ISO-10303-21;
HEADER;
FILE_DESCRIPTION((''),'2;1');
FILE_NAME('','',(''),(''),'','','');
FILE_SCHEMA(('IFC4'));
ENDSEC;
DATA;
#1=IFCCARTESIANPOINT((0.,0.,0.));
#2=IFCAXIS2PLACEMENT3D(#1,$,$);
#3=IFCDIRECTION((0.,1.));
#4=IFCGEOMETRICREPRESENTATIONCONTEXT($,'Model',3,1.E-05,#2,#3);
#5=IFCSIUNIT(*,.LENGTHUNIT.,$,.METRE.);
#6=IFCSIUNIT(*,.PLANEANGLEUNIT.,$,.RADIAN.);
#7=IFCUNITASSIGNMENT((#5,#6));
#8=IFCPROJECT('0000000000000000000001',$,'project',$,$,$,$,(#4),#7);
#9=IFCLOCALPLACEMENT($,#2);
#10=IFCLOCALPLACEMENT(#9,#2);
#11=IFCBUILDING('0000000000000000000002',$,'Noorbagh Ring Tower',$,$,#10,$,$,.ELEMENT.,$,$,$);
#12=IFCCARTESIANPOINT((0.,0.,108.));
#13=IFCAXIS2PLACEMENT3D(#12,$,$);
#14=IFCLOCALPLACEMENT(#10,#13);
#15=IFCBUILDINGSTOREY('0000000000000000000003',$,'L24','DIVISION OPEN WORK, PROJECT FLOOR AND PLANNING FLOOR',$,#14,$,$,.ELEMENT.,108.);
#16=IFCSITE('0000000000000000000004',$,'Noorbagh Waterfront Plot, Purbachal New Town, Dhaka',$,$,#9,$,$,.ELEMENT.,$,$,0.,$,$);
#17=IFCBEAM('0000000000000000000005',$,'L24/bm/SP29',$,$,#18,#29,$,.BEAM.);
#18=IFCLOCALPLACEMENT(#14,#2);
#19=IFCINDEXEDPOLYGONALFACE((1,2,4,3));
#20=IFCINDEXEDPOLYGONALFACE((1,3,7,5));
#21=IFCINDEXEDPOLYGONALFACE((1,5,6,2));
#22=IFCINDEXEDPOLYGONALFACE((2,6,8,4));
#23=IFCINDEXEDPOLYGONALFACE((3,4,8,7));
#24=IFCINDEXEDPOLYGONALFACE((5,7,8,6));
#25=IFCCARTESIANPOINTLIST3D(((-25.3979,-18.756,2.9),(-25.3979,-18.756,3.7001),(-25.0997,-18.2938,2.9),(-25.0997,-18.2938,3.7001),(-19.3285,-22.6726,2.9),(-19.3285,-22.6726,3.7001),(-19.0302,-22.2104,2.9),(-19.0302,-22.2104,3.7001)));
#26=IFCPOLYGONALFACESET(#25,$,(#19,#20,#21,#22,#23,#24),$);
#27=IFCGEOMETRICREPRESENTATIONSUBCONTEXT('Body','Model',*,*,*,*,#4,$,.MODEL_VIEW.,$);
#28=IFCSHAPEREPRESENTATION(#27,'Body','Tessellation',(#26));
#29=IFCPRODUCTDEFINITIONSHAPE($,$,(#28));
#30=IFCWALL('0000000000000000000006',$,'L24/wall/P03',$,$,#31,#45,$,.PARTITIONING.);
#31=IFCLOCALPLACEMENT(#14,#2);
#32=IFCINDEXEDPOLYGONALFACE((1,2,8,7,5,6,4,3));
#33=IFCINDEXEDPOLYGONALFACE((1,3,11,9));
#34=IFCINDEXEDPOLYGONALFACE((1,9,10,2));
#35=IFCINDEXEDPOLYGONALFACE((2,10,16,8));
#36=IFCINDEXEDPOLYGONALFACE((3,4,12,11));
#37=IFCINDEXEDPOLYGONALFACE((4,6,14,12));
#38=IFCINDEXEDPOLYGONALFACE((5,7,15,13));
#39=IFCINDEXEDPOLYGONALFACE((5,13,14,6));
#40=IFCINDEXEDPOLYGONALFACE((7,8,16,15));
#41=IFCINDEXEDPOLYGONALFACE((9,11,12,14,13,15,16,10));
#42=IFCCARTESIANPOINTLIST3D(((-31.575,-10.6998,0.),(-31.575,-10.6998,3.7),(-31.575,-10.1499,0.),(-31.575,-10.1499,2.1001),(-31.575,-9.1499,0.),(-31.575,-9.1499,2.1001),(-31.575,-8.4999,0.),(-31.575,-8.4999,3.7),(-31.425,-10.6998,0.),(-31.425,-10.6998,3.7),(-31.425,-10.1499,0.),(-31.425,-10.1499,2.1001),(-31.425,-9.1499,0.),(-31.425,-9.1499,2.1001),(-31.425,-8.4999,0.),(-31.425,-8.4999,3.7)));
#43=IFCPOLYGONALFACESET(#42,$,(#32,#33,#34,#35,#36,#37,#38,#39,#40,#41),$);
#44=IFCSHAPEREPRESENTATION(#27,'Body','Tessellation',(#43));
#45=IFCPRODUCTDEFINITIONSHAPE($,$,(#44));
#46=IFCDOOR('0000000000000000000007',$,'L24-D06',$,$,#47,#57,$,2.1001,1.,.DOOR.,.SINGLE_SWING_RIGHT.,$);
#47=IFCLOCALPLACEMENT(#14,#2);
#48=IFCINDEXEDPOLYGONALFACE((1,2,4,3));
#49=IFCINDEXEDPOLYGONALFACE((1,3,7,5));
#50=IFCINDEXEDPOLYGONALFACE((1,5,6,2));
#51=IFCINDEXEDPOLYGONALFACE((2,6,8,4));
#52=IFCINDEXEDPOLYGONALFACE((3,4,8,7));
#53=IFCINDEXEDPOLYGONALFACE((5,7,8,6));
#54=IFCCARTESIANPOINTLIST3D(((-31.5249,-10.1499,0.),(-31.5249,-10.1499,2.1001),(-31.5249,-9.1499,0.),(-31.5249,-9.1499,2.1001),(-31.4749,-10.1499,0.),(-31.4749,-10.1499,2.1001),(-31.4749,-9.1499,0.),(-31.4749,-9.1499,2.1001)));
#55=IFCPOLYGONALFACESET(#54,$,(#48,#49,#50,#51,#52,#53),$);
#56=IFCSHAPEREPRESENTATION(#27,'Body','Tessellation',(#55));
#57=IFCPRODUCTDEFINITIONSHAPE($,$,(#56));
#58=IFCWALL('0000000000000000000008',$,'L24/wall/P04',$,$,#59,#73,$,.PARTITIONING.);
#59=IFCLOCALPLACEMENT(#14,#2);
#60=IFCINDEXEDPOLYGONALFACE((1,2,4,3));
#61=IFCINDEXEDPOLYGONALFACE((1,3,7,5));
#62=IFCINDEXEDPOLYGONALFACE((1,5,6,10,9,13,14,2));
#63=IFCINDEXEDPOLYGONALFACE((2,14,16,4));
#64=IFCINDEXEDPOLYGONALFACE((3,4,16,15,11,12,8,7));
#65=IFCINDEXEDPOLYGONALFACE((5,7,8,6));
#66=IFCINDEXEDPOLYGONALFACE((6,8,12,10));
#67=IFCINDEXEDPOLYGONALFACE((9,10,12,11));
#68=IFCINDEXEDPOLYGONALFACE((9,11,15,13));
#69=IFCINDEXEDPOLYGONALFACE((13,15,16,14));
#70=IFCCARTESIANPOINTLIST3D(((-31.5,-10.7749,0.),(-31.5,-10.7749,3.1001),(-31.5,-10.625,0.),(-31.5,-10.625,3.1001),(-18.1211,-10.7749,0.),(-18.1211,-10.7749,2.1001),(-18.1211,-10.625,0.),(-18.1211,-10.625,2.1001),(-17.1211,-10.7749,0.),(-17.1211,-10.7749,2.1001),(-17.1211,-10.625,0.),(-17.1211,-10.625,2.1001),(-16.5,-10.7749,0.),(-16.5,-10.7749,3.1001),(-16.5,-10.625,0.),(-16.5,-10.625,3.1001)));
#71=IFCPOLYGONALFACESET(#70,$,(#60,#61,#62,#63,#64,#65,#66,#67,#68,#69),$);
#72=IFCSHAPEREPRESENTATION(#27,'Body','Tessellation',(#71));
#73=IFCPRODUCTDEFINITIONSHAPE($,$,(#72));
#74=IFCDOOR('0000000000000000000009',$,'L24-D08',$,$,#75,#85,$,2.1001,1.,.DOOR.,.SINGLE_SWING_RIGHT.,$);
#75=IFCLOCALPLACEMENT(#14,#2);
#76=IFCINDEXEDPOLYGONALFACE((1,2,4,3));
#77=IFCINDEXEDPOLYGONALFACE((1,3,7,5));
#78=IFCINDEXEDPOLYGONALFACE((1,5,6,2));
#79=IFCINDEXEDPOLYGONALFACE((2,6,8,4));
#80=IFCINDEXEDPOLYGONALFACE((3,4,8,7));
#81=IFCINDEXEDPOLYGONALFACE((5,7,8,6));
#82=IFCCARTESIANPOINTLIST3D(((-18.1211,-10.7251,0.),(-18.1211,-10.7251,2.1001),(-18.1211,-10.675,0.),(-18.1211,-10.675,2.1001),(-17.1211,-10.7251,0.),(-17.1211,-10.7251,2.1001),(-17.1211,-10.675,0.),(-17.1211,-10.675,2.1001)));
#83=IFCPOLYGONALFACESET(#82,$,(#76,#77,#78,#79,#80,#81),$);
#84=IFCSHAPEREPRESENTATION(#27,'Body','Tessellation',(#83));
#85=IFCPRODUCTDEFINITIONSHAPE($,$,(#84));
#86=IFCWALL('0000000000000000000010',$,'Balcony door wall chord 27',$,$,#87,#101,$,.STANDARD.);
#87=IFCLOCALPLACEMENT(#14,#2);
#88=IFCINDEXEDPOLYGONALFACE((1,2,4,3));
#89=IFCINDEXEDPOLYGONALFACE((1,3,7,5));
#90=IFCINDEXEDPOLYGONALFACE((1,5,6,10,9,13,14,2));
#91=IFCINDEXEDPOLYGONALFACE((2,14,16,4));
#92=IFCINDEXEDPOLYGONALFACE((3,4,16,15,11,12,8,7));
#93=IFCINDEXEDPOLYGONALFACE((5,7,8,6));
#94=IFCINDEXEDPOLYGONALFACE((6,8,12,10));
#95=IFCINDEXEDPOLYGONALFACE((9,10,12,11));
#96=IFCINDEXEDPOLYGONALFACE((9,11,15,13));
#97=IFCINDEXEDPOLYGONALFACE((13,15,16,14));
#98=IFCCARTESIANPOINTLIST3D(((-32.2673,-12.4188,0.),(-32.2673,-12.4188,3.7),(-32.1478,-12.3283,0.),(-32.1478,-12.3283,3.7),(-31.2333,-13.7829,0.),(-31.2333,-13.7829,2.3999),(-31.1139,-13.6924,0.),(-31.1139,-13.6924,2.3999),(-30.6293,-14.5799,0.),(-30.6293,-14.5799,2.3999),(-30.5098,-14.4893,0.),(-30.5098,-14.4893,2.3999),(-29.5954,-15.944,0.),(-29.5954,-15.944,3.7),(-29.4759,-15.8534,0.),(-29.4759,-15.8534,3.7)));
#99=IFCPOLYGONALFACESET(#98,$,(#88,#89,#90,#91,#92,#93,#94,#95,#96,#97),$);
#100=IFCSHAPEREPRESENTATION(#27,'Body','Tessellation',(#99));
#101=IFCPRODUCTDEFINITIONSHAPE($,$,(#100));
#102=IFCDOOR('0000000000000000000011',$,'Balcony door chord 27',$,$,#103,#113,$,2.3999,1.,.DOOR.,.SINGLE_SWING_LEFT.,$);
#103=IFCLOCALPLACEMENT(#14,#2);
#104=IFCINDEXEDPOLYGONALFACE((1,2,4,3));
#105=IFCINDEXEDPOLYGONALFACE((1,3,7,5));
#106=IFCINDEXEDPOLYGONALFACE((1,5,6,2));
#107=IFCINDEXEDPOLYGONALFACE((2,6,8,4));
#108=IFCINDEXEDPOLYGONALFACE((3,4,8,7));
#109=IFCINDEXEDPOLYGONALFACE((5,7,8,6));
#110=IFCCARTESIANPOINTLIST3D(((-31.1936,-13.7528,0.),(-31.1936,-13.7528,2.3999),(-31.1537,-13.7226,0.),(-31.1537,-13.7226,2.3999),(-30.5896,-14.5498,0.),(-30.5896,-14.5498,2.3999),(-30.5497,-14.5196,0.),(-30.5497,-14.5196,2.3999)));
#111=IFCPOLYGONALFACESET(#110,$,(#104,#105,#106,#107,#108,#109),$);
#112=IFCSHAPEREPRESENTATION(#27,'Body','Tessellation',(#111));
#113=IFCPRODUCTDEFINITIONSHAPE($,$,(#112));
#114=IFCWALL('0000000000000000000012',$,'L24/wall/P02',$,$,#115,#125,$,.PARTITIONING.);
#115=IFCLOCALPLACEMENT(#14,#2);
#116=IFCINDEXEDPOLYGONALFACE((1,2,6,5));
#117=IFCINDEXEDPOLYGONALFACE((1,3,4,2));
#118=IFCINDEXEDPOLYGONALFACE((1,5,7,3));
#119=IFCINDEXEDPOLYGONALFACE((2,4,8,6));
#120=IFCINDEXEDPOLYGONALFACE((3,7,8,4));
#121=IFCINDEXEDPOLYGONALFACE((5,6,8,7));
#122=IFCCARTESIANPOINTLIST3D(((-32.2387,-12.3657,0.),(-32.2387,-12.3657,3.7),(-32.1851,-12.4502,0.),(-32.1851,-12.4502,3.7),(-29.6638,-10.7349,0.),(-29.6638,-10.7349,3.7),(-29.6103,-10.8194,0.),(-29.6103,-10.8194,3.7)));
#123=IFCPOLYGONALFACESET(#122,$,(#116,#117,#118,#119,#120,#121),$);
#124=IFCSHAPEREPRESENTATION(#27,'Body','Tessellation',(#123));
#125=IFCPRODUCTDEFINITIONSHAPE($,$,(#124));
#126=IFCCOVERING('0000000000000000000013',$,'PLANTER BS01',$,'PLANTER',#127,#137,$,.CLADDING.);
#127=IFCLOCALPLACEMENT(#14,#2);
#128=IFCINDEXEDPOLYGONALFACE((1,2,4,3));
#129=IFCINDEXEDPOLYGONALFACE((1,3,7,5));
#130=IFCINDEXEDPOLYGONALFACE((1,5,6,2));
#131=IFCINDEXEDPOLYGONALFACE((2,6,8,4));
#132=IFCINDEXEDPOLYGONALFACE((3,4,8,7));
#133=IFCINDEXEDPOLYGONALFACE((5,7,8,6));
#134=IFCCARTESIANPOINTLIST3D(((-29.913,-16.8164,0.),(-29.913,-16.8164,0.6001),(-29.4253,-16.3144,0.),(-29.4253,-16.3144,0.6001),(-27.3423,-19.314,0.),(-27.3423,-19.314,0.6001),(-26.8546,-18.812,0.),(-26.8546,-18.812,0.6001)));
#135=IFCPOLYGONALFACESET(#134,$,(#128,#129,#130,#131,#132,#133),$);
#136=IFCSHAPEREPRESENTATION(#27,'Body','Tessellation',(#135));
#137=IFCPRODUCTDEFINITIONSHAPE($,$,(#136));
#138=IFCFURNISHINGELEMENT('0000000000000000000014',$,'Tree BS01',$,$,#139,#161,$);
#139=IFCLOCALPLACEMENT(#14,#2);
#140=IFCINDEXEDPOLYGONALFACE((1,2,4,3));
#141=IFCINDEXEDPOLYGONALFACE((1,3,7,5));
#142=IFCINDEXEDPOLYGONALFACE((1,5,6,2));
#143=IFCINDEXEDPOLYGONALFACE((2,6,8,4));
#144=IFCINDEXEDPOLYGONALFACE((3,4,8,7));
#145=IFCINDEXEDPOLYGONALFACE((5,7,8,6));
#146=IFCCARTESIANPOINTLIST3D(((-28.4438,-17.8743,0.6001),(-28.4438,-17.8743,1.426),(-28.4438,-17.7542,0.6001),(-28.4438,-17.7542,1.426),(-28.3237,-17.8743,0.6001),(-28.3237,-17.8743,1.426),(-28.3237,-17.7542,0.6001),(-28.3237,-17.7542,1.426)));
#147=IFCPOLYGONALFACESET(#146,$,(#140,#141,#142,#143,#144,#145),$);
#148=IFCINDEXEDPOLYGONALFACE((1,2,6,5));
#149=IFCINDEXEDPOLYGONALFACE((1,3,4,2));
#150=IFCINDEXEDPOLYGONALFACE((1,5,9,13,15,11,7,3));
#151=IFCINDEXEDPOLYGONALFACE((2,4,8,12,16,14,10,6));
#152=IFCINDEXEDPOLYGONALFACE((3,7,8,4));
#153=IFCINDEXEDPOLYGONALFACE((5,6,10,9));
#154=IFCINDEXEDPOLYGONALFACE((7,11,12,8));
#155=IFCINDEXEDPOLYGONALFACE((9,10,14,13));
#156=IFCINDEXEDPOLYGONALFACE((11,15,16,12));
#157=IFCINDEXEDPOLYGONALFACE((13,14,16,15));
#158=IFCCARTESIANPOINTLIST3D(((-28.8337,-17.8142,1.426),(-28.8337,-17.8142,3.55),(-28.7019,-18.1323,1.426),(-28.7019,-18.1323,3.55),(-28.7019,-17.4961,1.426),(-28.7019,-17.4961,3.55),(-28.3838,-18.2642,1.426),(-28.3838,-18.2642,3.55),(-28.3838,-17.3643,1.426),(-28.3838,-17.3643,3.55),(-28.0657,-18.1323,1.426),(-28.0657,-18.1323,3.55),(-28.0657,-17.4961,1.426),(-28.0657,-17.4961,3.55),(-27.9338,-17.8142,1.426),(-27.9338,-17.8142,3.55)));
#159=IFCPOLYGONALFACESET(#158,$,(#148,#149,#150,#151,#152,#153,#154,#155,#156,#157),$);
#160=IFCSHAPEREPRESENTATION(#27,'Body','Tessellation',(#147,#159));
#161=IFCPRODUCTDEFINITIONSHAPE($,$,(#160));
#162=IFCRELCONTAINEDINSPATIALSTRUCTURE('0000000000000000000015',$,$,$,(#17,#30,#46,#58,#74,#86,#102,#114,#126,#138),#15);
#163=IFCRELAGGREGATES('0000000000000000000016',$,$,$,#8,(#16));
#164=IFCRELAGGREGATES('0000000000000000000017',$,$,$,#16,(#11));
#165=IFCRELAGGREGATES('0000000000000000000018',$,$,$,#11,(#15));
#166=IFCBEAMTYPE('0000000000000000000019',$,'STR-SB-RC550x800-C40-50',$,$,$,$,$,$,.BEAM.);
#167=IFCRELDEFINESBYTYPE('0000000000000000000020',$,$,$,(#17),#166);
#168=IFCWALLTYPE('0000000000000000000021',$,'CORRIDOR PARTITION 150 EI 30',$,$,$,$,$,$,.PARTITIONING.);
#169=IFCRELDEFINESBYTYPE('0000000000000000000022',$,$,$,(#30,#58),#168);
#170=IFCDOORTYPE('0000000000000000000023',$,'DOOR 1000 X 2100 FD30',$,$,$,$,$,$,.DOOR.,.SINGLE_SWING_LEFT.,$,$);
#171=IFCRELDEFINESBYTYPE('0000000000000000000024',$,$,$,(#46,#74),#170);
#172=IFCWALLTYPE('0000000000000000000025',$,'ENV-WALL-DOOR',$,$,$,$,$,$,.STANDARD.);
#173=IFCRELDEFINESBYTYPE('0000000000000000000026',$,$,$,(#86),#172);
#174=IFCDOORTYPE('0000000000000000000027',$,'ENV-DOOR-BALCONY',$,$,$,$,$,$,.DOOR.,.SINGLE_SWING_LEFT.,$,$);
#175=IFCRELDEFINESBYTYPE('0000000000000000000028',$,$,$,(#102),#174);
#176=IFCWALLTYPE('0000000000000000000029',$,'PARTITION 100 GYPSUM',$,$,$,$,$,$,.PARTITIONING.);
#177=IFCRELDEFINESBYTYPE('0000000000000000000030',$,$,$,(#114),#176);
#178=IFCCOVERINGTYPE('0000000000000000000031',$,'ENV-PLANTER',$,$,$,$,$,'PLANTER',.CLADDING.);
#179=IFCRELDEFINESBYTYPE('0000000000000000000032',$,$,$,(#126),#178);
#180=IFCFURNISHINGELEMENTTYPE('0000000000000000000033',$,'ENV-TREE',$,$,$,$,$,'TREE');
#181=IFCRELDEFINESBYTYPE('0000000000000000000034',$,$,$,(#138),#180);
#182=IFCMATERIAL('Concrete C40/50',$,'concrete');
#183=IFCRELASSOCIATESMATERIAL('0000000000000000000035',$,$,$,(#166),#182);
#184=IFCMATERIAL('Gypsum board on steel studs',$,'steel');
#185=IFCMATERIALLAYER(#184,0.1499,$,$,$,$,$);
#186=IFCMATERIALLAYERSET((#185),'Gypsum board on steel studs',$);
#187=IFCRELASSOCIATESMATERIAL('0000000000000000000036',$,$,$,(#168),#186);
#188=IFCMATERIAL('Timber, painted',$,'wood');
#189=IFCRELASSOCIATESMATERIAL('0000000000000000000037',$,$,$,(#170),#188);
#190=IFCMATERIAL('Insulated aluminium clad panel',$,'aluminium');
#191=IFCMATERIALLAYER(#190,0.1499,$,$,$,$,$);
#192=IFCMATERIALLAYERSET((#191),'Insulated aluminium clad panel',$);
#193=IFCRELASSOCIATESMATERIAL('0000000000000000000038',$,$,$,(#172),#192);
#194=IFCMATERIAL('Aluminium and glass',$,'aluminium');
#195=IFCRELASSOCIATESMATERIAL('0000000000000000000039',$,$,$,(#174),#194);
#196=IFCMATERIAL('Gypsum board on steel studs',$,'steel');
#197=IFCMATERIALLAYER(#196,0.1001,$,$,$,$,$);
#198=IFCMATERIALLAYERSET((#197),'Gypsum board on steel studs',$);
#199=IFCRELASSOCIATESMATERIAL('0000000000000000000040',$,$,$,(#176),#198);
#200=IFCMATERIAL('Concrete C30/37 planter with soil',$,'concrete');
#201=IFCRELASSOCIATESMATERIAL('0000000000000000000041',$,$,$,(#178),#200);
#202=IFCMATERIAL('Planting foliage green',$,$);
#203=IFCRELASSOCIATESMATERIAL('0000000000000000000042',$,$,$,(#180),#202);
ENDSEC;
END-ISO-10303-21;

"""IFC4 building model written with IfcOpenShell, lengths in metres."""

from ifc_helpers import new_model, si_unit, direction, frame, frame_2d, origin, origin_2d, place, context, subcontext, project, spatial, polyline, rectangle, outline, extrude, material, layer, layer_set, material_profile, profile_set, type_object, element, fill, save


model = new_model("IFC4")

# Units and contexts
model_context = context("Model", 3, precision=1e-05, world=origin(), true_north=direction((0.0, 1.0)))
body_context = subcontext(model_context, "Body", "Model", "MODEL_VIEW")
ifc_project = project(units=[si_unit("LENGTHUNIT", "METRE"), si_unit("PLANEANGLEUNIT", "RADIAN")], contexts=[model_context])

# Site, building, storey
site_placement = place(None, origin())
site = spatial("IfcSite", under=ifc_project, at=site_placement, Name="Noorbagh Waterfront Plot, Purbachal New Town, Dhaka", CompositionType="ELEMENT", RefElevation=0.0)
building_placement = place(site_placement, origin())
building = spatial("IfcBuilding", under=site, at=building_placement, Name="Noorbagh Ring Tower", CompositionType="ELEMENT")
storey_placement = place(building_placement, frame((0.0, 0.0, 108.0)))
storey = spatial("IfcBuildingStorey", under=building, at=storey_placement, Name="L24", Description="DIVISION OPEN WORK, PROJECT FLOOR AND PLANNING FLOOR", CompositionType="ELEMENT", Elevation=108.0)

# Beam
ifc_material_1 = material(Name="Concrete C40/50", Category="concrete")
ifc_material_profile_1 = material_profile(ifc_material_1, rectangle(XDim=0.55, YDim=0.8, at=origin_2d()), Name="RC550x800")
ifc_profile_set_1 = profile_set([ifc_material_profile_1], Name="Concrete C40/50")
beam_type_1 = type_object("IfcBeamType", Name="STR-SB-RC550x800-C40-50", PredefinedType="BEAM", material=ifc_profile_set_1)
beam_1_placement = place(storey_placement, frame((-25.2488, -18.5249, 3.3), z_axis=(0.840246, -0.542205, 0.0), x_axis=(0.542205, 0.840246, 0.0)))
element("IfcBeam", 1, at=beam_1_placement, inside=storey, type_object=beam_type_1, Name="L24/bm/SP29", PredefinedType="BEAM", context=body_context, shape_type="SweptSolid", body=[
    extrude(rectangle(XDim=0.55, YDim=0.8, at=origin_2d()), origin(), (0.0, 0.0, 1.0), 7.2234),
])

# Walls, openings, doors
ifc_material_2 = material(Name="Gypsum board on steel studs", Category="steel")
ifc_layer_1 = layer(ifc_material_2, 0.1499)
ifc_layer_set_1 = layer_set([ifc_layer_1], Name="Gypsum board on steel studs")
wall_type_1 = type_object("IfcWallType", Name="CORRIDOR PARTITION 150 EI 30", PredefinedType="PARTITIONING", material=ifc_layer_set_1)
wall_1_placement = place(storey_placement, frame((-31.5, -10.7, 0.0), z_axis=(0.0, 0.0, 1.0), x_axis=(0.0, 1.0, 0.0)))
wall_1 = element("IfcWall", 2, at=wall_1_placement, inside=storey, type_object=wall_type_1, Name="L24/wall/P03", PredefinedType="PARTITIONING", context=body_context, shape_type="SweptSolid", body=[
    extrude(rectangle(XDim=2.2, YDim=0.1499, at=frame_2d((1.1001, 0.0))), origin(), (0.0, 0.0, 1.0), 3.7),
])
opening_1_placement = place(wall_1_placement, frame((0.55, 0.0, 0.0)))
opening_1 = element("IfcOpeningElement", 3, at=opening_1_placement, cuts=wall_1, PredefinedType="OPENING", context=body_context, shape_type="SweptSolid", body=[
    extrude(rectangle(XDim=1.0, YDim=2.1001, at=frame_2d((0.5, 1.05))), frame((0.0, 0.085, 0.0), z_axis=(0.0, -1.0, 0.0), x_axis=(1.0, 0.0, 0.0)), (0.0, 0.0, 1.0), 0.1699),
])
ifc_material_3 = material(Name="Timber, painted", Category="wood")
door_type_1 = type_object("IfcDoorType", Name="DOOR 1000 X 2100 FD30", OperationType="SINGLE_SWING_LEFT", PredefinedType="DOOR", material=ifc_material_3)
door_1_placement = place(opening_1_placement, origin())
door_1 = element("IfcDoor", 4, at=door_1_placement, inside=storey, type_object=door_type_1, Name="L24-D06", OperationType="SINGLE_SWING_RIGHT", OverallHeight=2.1001, OverallWidth=1.0, PredefinedType="DOOR", context=body_context, shape_type="SweptSolid", body=[
    extrude(rectangle(XDim=1.0, YDim=2.1001, at=frame_2d((0.5, 1.05))), frame((0.0, 0.0249, 0.0), z_axis=(0.0, -1.0, 0.0), x_axis=(1.0, 0.0, 0.0)), (0.0, 0.0, 1.0), 0.05),
])
fill(opening_1, door_1)
wall_2_placement = place(storey_placement, frame((-31.5, -10.7, 0.0), z_axis=(0.0, 0.0, 1.0), x_axis=(1.0, 0.0, 0.0)))
wall_2 = element("IfcWall", 5, at=wall_2_placement, inside=storey, type_object=wall_type_1, Name="L24/wall/P04", PredefinedType="PARTITIONING", context=body_context, shape_type="SweptSolid", body=[
    extrude(rectangle(XDim=15.0, YDim=0.1499, at=frame_2d((7.5, 0.0))), origin(), (0.0, 0.0, 1.0), 3.1001),
])
opening_2_placement = place(wall_2_placement, frame((13.3789, 0.0, 0.0)))
opening_2 = element("IfcOpeningElement", 6, at=opening_2_placement, cuts=wall_2, PredefinedType="OPENING", context=body_context, shape_type="SweptSolid", body=[
    extrude(rectangle(XDim=1.0, YDim=2.1001, at=frame_2d((0.5, 1.05))), frame((0.0, 0.085, 0.0), z_axis=(0.0, -1.0, 0.0), x_axis=(1.0, 0.0, 0.0)), (0.0, 0.0, 1.0), 0.1699),
])
door_2_placement = place(opening_2_placement, origin())
door_2 = element("IfcDoor", 7, at=door_2_placement, inside=storey, type_object=door_type_1, Name="L24-D08", OperationType="SINGLE_SWING_RIGHT", OverallHeight=2.1001, OverallWidth=1.0, PredefinedType="DOOR", context=body_context, shape_type="SweptSolid", body=[
    extrude(rectangle(XDim=1.0, YDim=2.1001, at=frame_2d((0.5, 1.05))), frame((0.0, 0.0249, 0.0), z_axis=(0.0, -1.0, 0.0), x_axis=(1.0, 0.0, 0.0)), (0.0, 0.0, 1.0), 0.05),
])
fill(opening_2, door_2)
ifc_material_4 = material(Name="Insulated aluminium clad panel", Category="aluminium")
ifc_layer_2 = layer(ifc_material_4, 0.1499)
ifc_layer_set_2 = layer_set([ifc_layer_2], Name="Insulated aluminium clad panel")
wall_type_2 = type_object("IfcWallType", Name="ENV-WALL-DOOR", PredefinedType="STANDARD", material=ifc_layer_set_2)
wall_3_placement = place(storey_placement, frame((-32.2075, -12.3735, 0.0), z_axis=(0.0, 0.0, 1.0), x_axis=(0.604046, -0.79695, 0.0)))
wall_3 = element("IfcWall", 8, at=wall_3_placement, inside=storey, type_object=wall_type_2, Name="Balcony door wall chord 27", PredefinedType="STANDARD", context=body_context, shape_type="SweptSolid", body=[
    extrude(rectangle(XDim=4.4233, YDim=0.1499, at=frame_2d((2.2117, 0.0))), origin(), (0.0, 0.0, 1.0), 3.7),
])
opening_3_placement = place(wall_3_placement, frame((1.7117, 0.0, 0.0)))
opening_3 = element("IfcOpeningElement", 9, at=opening_3_placement, cuts=wall_3, PredefinedType="OPENING", context=body_context, shape_type="SweptSolid", body=[
    extrude(rectangle(XDim=1.0, YDim=2.3999, at=frame_2d((0.5, 1.2))), frame((0.0, 0.085, 0.0), z_axis=(0.0, -1.0, 0.0), x_axis=(1.0, 0.0, 0.0)), (0.0, 0.0, 1.0), 0.1699),
])
ifc_material_5 = material(Name="Aluminium and glass", Category="aluminium")
door_type_2 = type_object("IfcDoorType", Name="ENV-DOOR-BALCONY", OperationType="SINGLE_SWING_LEFT", PredefinedType="DOOR", material=ifc_material_5)
door_3_placement = place(opening_3_placement, origin())
door_3 = element("IfcDoor", 10, at=door_3_placement, inside=storey, type_object=door_type_2, Name="Balcony door chord 27", OperationType="SINGLE_SWING_LEFT", OverallHeight=2.3999, OverallWidth=1.0, PredefinedType="DOOR", context=body_context, shape_type="SweptSolid", body=[
    extrude(rectangle(XDim=1.0, YDim=2.3999, at=frame_2d((0.5, 1.2))), frame((0.0, 0.0249, 0.0), z_axis=(0.0, -1.0, 0.0), x_axis=(1.0, 0.0, 0.0)), (0.0, 0.0, 1.0), 0.05),
])
fill(opening_3, door_3)

# Wall
ifc_material_6 = material(Name="Gypsum board on steel studs", Category="steel")
ifc_layer_3 = layer(ifc_material_6, 0.1001)
ifc_layer_set_3 = layer_set([ifc_layer_3], Name="Gypsum board on steel studs")
wall_type_3 = type_object("IfcWallType", Name="PARTITION 100 GYPSUM", PredefinedType="PARTITIONING", material=ifc_layer_set_3)
wall_4_placement = place(storey_placement, frame((-32.2119, -12.408, 0.0), z_axis=(0.0, 0.0, 1.0), x_axis=(0.844811, 0.535065, 0.0)))
element("IfcWall", 11, at=wall_4_placement, inside=storey, type_object=wall_type_3, Name="L24/wall/P02", PredefinedType="PARTITIONING", context=body_context, shape_type="SweptSolid", body=[
    extrude(rectangle(XDim=3.0479, YDim=0.1001, at=frame_2d((1.5239, 0.0))), origin(), (0.0, 0.0, 1.0), 3.7),
])

# Covering
ifc_material_7 = material(Name="Concrete C30/37 planter with soil", Category="concrete")
covering_type = type_object("IfcCoveringType", Name="ENV-PLANTER", ElementType="PLANTER", PredefinedType="CLADDING", material=ifc_material_7)
covering_placement = place(storey_placement, frame((-28.3838, -17.8142, 0.0), z_axis=(0.0, 0.0, 1.0), x_axis=(0.717225, -0.696842, 0.0)))
element("IfcCovering", 12, at=covering_placement, inside=storey, type_object=covering_type, Name="PLANTER BS01", ObjectType="PLANTER", PredefinedType="CLADDING", context=body_context, shape_type="SweptSolid", body=[
    extrude(rectangle(XDim=3.5842, YDim=0.7, at=origin_2d()), origin(), (0.0, 0.0, 1.0), 0.6001),
])

# Furnishing element
ifc_material_8 = material(Name="Planting foliage green")
furnishing_element_type = type_object("IfcFurnishingElementType", Name="ENV-TREE", ElementType="TREE", material=ifc_material_8)
furnishing_placement = place(storey_placement, frame((-28.3838, -17.8142, 0.6001), z_axis=(0.0, 0.0, 1.0), x_axis=(1.0, 0.0, 0.0)))
element("IfcFurnishingElement", 13, at=furnishing_placement, inside=storey, type_object=furnishing_element_type, Name="Tree BS01", context=body_context, shape_type="SweptSolid", body=[
    extrude(rectangle(XDim=0.1201, YDim=0.1201, at=origin_2d()), origin(), (0.0, 0.0, 1.0), 0.8259),
    extrude(outline(polyline([(0.45, 0.0), (0.3181, 0.3181), (0.0, 0.45), (-0.3181, 0.3181), (-0.45, 0.0), (-0.3181, -0.3181), (0.0, -0.45), (0.3181, -0.3181), (0.45, 0.0)])), frame((0.0, 0.0, 0.8259)), (0.0, 0.0, 1.0), 2.124),
])

save(model, "model.ifc")
